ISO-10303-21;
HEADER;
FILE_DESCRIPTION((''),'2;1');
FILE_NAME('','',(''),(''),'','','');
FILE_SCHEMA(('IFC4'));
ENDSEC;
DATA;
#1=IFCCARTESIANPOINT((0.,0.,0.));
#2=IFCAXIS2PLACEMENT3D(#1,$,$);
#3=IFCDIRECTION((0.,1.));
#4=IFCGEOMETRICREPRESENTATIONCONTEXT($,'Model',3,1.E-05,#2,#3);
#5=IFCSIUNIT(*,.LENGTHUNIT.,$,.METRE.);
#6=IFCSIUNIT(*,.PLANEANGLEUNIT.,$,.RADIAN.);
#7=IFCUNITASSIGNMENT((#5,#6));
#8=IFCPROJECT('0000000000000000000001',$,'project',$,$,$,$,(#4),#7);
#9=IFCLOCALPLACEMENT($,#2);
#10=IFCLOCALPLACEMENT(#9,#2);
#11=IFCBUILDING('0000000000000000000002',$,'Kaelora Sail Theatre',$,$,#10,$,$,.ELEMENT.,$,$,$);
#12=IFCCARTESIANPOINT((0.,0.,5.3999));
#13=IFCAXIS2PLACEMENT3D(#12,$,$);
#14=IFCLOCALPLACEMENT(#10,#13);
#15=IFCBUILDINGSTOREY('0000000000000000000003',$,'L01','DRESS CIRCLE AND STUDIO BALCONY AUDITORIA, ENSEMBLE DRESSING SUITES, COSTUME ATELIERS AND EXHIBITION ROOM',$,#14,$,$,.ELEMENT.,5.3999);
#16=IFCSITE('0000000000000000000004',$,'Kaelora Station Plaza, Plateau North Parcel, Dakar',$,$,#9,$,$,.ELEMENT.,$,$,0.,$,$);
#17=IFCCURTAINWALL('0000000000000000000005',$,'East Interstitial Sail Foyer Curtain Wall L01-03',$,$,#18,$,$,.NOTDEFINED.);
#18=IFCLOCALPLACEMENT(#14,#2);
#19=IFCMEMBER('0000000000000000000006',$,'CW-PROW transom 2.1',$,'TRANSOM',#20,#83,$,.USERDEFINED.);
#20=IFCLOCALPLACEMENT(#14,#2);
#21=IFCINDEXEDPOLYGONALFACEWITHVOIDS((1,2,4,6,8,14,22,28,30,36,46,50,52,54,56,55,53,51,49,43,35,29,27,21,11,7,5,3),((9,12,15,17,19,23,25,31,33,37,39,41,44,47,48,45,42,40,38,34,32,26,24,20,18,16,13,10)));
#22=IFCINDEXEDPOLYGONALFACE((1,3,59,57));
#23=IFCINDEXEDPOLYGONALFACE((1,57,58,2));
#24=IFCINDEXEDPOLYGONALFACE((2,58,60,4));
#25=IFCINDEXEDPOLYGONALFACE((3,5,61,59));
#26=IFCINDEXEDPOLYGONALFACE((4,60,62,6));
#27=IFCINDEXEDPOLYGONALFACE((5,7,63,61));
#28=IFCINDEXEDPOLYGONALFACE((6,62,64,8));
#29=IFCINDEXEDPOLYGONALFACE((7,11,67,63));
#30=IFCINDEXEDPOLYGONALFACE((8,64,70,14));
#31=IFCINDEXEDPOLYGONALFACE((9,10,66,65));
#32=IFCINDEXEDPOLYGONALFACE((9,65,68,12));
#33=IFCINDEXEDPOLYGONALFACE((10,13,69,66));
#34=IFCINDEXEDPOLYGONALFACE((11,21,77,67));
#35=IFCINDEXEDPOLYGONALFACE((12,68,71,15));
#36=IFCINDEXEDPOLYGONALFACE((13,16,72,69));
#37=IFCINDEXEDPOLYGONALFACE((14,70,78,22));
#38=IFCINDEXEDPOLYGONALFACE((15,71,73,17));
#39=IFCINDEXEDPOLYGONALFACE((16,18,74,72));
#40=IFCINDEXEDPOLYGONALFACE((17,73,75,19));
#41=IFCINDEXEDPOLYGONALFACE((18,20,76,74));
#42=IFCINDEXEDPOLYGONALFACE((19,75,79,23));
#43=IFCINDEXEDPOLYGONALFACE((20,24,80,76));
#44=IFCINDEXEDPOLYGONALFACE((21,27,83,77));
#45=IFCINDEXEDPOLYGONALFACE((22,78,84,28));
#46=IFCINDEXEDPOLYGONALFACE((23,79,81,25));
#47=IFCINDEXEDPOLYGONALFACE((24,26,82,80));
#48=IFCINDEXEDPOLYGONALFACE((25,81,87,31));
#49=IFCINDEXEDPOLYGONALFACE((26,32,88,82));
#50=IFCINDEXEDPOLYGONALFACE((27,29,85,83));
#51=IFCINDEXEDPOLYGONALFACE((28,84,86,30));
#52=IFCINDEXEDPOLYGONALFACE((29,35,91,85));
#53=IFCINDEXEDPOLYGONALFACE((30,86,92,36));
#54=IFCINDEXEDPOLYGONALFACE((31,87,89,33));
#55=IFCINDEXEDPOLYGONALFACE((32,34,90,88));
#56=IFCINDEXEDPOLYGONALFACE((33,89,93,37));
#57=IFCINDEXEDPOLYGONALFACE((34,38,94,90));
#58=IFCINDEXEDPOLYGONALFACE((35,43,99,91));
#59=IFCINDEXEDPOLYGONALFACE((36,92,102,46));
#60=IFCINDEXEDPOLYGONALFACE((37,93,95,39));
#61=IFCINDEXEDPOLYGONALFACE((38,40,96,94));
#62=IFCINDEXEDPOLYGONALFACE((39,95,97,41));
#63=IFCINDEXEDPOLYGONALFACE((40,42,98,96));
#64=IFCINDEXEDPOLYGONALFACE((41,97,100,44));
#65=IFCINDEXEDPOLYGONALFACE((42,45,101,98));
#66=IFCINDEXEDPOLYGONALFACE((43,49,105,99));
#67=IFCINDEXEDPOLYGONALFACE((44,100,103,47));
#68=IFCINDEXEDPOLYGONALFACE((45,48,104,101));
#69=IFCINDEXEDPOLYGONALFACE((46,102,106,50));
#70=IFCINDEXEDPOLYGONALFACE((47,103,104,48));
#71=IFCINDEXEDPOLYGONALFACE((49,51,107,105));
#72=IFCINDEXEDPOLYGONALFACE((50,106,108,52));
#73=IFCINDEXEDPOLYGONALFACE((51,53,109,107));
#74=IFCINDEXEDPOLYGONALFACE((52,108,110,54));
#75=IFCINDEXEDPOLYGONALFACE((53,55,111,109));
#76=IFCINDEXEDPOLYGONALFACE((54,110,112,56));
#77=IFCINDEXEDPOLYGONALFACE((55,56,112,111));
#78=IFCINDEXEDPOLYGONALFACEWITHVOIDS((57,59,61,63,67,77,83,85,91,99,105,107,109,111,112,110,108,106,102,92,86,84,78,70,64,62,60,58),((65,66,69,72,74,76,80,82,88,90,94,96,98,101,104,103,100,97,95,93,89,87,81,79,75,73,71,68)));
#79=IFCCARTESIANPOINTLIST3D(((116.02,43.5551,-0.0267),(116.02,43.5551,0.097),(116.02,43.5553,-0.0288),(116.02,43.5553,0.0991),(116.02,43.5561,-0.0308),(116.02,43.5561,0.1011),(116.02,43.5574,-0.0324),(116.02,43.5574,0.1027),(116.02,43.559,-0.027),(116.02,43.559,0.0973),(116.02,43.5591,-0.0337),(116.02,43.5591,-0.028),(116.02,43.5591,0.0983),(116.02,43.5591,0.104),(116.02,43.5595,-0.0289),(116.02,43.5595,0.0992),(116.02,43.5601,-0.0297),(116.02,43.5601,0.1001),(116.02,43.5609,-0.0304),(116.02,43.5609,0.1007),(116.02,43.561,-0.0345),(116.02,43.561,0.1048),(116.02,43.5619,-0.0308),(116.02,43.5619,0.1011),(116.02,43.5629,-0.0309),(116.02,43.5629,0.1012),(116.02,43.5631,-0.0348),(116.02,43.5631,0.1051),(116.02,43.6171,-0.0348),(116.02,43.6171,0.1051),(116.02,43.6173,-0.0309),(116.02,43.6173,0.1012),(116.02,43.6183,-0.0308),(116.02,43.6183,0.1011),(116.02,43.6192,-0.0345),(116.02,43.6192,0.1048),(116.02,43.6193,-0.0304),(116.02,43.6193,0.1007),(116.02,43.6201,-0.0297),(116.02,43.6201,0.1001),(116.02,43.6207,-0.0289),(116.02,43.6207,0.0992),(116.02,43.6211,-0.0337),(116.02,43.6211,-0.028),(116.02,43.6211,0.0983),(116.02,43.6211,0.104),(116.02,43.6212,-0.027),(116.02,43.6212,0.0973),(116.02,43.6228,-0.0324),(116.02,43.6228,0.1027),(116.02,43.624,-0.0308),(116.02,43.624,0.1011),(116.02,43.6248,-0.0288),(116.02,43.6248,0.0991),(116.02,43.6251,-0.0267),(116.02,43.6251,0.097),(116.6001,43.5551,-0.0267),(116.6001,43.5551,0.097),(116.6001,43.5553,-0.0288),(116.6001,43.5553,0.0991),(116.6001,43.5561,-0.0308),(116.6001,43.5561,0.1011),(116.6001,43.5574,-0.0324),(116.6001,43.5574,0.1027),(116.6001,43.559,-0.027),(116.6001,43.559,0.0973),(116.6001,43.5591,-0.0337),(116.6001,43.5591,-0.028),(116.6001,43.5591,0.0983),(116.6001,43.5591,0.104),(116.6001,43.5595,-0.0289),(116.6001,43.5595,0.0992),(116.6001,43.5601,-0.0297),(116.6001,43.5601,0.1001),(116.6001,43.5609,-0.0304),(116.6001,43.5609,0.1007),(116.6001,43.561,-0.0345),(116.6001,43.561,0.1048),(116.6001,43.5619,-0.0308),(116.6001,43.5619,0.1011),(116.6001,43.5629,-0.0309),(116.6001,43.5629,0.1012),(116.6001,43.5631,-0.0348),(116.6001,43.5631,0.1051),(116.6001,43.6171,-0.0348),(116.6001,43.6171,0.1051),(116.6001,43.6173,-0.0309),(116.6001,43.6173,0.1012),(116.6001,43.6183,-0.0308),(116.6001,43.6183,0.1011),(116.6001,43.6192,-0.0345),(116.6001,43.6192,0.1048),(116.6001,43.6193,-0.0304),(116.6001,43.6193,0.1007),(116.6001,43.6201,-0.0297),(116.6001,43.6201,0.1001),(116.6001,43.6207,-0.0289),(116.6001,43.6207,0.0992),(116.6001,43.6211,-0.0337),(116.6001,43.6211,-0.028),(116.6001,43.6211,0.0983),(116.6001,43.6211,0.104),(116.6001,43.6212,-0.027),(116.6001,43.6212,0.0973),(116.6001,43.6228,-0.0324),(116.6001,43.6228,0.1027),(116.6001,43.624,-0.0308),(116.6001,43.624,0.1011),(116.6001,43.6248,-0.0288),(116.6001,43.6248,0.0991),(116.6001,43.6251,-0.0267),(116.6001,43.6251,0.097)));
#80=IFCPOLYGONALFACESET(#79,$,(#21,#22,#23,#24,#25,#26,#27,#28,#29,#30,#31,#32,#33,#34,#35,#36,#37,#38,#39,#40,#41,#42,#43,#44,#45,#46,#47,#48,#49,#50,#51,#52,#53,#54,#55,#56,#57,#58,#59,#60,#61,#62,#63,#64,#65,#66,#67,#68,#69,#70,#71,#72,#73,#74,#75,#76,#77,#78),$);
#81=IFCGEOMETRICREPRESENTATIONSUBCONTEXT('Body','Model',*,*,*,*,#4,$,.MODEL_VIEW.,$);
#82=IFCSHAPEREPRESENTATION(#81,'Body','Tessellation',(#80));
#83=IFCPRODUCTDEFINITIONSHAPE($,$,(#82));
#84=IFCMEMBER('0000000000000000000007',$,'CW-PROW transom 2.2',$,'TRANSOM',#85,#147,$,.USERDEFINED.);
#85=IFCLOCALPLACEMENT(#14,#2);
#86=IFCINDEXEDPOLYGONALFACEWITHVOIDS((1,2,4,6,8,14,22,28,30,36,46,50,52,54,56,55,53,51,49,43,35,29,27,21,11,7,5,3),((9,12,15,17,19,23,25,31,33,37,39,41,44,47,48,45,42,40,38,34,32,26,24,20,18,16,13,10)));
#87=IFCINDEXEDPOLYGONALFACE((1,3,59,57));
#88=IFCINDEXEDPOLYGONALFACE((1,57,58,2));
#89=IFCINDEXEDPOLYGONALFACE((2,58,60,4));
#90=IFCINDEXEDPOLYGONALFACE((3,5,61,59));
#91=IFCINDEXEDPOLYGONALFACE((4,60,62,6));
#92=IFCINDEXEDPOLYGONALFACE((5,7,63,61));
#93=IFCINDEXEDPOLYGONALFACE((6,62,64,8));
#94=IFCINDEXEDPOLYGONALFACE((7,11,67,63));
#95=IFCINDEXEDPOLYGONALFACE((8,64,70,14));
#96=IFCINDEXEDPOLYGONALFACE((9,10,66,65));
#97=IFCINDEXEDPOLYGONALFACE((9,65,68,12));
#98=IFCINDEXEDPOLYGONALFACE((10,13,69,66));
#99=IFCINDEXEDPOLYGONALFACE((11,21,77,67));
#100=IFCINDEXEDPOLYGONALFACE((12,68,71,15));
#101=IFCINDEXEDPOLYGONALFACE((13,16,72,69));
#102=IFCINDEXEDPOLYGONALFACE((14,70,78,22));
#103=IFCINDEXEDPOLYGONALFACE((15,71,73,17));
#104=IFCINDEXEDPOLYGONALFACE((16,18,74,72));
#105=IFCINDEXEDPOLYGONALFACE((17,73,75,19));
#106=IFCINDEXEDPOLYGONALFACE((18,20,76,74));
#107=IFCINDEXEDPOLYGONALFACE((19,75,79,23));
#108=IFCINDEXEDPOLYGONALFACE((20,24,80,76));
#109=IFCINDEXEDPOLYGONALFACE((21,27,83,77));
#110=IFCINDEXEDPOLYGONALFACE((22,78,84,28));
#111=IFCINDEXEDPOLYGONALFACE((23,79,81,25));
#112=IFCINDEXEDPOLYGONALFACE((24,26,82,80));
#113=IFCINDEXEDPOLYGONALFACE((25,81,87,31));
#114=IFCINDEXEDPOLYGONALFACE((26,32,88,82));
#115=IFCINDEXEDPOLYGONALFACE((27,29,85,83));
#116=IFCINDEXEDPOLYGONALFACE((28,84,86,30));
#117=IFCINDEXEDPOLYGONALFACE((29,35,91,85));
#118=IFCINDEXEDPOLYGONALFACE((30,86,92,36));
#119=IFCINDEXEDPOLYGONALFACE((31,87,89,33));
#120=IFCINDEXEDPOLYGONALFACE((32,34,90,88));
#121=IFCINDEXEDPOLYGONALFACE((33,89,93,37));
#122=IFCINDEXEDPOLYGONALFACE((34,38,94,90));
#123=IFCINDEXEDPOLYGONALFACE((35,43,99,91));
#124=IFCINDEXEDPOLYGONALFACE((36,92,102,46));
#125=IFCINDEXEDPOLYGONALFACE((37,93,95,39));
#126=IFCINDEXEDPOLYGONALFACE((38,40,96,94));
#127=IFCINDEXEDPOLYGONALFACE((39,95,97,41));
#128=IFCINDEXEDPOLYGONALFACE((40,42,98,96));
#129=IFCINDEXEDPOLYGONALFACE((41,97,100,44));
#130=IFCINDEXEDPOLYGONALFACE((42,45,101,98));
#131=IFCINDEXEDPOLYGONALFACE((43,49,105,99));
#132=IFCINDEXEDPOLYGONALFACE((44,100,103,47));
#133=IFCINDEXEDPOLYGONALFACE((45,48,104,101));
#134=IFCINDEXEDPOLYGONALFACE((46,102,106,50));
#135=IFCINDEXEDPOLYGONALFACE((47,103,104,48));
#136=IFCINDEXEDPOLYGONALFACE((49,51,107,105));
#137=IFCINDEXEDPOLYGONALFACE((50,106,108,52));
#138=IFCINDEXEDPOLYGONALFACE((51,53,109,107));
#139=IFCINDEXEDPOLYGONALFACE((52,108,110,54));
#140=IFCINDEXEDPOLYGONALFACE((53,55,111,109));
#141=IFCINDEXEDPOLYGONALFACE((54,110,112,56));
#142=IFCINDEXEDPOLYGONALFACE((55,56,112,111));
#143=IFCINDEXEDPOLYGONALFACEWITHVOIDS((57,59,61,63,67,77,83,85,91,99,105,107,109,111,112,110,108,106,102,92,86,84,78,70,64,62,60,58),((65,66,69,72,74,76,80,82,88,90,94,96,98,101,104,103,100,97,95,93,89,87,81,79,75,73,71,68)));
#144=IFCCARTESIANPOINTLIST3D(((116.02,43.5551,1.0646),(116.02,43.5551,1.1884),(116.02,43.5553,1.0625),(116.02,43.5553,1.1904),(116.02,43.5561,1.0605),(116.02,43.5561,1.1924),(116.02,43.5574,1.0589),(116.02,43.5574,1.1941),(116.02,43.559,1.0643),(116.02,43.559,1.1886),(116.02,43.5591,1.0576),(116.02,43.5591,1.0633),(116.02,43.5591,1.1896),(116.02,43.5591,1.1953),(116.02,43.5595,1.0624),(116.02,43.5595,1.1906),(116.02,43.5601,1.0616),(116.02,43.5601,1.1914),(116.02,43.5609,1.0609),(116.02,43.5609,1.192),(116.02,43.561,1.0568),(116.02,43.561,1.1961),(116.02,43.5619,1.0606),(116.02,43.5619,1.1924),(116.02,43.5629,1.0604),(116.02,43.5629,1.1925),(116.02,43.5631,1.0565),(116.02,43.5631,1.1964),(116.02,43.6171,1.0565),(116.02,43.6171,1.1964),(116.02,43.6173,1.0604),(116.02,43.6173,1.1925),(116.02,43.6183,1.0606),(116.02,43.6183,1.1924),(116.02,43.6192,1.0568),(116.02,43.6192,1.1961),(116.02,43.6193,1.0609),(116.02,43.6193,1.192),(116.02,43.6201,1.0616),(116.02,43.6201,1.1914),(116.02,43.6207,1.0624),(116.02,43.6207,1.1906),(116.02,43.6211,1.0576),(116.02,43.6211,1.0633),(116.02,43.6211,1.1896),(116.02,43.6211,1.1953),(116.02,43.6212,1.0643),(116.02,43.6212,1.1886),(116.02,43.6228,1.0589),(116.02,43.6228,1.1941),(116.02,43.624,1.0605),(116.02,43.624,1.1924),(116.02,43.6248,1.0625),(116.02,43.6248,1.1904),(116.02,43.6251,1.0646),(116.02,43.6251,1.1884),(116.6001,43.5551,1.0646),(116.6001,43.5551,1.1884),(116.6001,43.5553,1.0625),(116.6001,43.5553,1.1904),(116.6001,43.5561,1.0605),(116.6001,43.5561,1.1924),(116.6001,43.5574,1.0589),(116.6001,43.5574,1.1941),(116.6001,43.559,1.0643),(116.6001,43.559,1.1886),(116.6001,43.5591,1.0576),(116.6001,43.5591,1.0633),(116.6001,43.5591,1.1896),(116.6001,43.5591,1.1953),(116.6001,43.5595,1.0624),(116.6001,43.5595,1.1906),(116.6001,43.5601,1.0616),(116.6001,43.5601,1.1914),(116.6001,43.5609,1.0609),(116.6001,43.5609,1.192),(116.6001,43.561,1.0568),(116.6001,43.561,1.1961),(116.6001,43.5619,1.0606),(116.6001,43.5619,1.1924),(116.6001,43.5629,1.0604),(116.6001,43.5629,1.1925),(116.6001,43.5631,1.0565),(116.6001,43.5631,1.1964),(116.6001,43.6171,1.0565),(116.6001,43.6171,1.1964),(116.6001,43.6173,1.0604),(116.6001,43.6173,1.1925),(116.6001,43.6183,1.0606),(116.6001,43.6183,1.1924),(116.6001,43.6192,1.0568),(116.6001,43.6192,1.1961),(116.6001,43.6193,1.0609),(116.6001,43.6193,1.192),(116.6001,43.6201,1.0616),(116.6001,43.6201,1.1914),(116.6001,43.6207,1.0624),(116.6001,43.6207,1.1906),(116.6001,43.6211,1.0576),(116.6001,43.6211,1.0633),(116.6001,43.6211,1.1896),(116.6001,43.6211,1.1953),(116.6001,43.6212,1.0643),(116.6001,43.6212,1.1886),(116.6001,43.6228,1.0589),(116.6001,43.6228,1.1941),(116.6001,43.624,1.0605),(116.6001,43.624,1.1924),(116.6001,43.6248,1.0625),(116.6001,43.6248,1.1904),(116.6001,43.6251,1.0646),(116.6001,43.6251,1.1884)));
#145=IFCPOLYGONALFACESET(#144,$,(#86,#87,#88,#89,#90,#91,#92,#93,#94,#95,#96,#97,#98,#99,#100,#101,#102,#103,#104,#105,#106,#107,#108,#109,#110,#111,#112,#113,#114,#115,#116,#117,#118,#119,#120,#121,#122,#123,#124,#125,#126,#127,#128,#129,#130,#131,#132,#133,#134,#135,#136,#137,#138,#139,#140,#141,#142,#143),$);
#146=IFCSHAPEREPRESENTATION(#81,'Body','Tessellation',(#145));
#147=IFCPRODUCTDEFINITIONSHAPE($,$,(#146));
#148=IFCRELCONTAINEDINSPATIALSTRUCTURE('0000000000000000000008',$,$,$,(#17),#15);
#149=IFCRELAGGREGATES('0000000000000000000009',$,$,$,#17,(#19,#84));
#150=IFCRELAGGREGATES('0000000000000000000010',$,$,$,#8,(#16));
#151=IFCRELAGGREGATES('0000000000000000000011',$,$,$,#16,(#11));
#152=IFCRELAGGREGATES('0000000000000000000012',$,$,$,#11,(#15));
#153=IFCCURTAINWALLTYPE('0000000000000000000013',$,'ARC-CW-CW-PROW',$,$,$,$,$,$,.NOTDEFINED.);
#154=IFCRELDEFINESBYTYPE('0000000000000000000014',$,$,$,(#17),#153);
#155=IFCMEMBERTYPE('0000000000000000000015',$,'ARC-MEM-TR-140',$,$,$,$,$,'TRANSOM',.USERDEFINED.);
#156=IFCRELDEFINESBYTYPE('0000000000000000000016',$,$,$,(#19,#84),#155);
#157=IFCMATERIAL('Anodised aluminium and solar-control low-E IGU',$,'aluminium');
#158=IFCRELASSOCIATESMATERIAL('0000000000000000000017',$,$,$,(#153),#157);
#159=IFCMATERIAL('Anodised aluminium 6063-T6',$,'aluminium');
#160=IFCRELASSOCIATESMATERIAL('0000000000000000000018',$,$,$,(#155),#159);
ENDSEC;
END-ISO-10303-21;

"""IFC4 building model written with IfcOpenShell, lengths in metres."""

from ifc_helpers import new_model, si_unit, direction, frame, origin, origin_2d, place, context, subcontext, project, spatial, hollow_rectangle, extrude, material, material_profile, profile_set, type_object, element, aggregate, save


model = new_model("IFC4")

# Units and contexts
model_context = context("Model", 3, precision=1e-05, world=origin(), true_north=direction((0.0, 1.0)))
body_context = subcontext(model_context, "Body", "Model", "MODEL_VIEW")
ifc_project = project(units=[si_unit("LENGTHUNIT", "METRE"), si_unit("PLANEANGLEUNIT", "RADIAN")], contexts=[model_context])

# Site, building, storey
site_placement = place(None, origin())
site = spatial("IfcSite", under=ifc_project, at=site_placement, Name="Kaelora Station Plaza, Plateau North Parcel, Dakar", CompositionType="ELEMENT", RefElevation=0.0)
building_placement = place(site_placement, origin())
building = spatial("IfcBuilding", under=site, at=building_placement, Name="Kaelora Sail Theatre", CompositionType="ELEMENT")
storey_placement = place(building_placement, frame((0.0, 0.0, 5.3999)))
storey = spatial("IfcBuildingStorey", under=building, at=storey_placement, Name="L01", Description="DRESS CIRCLE AND STUDIO BALCONY AUDITORIA, ENSEMBLE DRESSING SUITES, COSTUME ATELIERS AND EXHIBITION ROOM", CompositionType="ELEMENT", Elevation=5.3999)

# Curtain wall, members
ifc_material_1 = material(Name="Anodised aluminium and solar-control low-E IGU", Category="aluminium")
curtain_wall_type = type_object("IfcCurtainWallType", Name="ARC-CW-CW-PROW", PredefinedType="NOTDEFINED", material=ifc_material_1)
curtain_wall_placement = place(storey_placement, origin())
curtain_wall = element("IfcCurtainWall", 1, at=curtain_wall_placement, inside=storey, type_object=curtain_wall_type, Name="East Interstitial Sail Foyer Curtain Wall L01-03", PredefinedType="NOTDEFINED")
ifc_material_2 = material(Name="Anodised aluminium 6063-T6", Category="aluminium")
ifc_material_profile_1 = material_profile(ifc_material_2, hollow_rectangle(XDim=0.0701, YDim=0.1399, WallThickness=0.0039, InnerFilletRadius=0.0039, OuterFilletRadius=0.0081, at=origin_2d()), Name="ALU-TRAN 70x140x4")
ifc_profile_set_1 = profile_set([ifc_material_profile_1], Name="Anodised aluminium 6063-T6")
member_type_1 = type_object("IfcMemberType", Name="ARC-MEM-TR-140", ElementType="TRANSOM", PredefinedType="USERDEFINED", material=ifc_profile_set_1)
member_1_placement = place(storey_placement, frame((116.02, 43.5901, 0.0352), z_axis=(1.0, 0.0, 0.0), x_axis=(0.0, 1.0, 0.0)))
member_1 = element("IfcMember", 2, at=member_1_placement, type_object=member_type_1, Name="CW-PROW transom 2.1", ObjectType="TRANSOM", PredefinedType="USERDEFINED", context=body_context, shape_type="SweptSolid", body=[
    extrude(hollow_rectangle(XDim=0.0701, YDim=0.1399, WallThickness=0.0039, InnerFilletRadius=0.0039, OuterFilletRadius=0.0081, at=origin_2d()), origin(), (0.0, 0.0, 1.0), 0.5801),
])
member_2_placement = place(storey_placement, frame((116.02, 43.5901, 1.1265), z_axis=(1.0, 0.0, 0.0), x_axis=(0.0, 1.0, 0.0)))
member_2 = element("IfcMember", 3, at=member_2_placement, type_object=member_type_1, Name="CW-PROW transom 2.2", ObjectType="TRANSOM", PredefinedType="USERDEFINED", context=body_context, shape_type="SweptSolid", body=[
    extrude(hollow_rectangle(XDim=0.0701, YDim=0.1399, WallThickness=0.0039, InnerFilletRadius=0.0039, OuterFilletRadius=0.0081, at=origin_2d()), origin(), (0.0, 0.0, 1.0), 0.5801),
])
aggregate(curtain_wall, [member_1, member_2])

save(model, "model.ifc")
